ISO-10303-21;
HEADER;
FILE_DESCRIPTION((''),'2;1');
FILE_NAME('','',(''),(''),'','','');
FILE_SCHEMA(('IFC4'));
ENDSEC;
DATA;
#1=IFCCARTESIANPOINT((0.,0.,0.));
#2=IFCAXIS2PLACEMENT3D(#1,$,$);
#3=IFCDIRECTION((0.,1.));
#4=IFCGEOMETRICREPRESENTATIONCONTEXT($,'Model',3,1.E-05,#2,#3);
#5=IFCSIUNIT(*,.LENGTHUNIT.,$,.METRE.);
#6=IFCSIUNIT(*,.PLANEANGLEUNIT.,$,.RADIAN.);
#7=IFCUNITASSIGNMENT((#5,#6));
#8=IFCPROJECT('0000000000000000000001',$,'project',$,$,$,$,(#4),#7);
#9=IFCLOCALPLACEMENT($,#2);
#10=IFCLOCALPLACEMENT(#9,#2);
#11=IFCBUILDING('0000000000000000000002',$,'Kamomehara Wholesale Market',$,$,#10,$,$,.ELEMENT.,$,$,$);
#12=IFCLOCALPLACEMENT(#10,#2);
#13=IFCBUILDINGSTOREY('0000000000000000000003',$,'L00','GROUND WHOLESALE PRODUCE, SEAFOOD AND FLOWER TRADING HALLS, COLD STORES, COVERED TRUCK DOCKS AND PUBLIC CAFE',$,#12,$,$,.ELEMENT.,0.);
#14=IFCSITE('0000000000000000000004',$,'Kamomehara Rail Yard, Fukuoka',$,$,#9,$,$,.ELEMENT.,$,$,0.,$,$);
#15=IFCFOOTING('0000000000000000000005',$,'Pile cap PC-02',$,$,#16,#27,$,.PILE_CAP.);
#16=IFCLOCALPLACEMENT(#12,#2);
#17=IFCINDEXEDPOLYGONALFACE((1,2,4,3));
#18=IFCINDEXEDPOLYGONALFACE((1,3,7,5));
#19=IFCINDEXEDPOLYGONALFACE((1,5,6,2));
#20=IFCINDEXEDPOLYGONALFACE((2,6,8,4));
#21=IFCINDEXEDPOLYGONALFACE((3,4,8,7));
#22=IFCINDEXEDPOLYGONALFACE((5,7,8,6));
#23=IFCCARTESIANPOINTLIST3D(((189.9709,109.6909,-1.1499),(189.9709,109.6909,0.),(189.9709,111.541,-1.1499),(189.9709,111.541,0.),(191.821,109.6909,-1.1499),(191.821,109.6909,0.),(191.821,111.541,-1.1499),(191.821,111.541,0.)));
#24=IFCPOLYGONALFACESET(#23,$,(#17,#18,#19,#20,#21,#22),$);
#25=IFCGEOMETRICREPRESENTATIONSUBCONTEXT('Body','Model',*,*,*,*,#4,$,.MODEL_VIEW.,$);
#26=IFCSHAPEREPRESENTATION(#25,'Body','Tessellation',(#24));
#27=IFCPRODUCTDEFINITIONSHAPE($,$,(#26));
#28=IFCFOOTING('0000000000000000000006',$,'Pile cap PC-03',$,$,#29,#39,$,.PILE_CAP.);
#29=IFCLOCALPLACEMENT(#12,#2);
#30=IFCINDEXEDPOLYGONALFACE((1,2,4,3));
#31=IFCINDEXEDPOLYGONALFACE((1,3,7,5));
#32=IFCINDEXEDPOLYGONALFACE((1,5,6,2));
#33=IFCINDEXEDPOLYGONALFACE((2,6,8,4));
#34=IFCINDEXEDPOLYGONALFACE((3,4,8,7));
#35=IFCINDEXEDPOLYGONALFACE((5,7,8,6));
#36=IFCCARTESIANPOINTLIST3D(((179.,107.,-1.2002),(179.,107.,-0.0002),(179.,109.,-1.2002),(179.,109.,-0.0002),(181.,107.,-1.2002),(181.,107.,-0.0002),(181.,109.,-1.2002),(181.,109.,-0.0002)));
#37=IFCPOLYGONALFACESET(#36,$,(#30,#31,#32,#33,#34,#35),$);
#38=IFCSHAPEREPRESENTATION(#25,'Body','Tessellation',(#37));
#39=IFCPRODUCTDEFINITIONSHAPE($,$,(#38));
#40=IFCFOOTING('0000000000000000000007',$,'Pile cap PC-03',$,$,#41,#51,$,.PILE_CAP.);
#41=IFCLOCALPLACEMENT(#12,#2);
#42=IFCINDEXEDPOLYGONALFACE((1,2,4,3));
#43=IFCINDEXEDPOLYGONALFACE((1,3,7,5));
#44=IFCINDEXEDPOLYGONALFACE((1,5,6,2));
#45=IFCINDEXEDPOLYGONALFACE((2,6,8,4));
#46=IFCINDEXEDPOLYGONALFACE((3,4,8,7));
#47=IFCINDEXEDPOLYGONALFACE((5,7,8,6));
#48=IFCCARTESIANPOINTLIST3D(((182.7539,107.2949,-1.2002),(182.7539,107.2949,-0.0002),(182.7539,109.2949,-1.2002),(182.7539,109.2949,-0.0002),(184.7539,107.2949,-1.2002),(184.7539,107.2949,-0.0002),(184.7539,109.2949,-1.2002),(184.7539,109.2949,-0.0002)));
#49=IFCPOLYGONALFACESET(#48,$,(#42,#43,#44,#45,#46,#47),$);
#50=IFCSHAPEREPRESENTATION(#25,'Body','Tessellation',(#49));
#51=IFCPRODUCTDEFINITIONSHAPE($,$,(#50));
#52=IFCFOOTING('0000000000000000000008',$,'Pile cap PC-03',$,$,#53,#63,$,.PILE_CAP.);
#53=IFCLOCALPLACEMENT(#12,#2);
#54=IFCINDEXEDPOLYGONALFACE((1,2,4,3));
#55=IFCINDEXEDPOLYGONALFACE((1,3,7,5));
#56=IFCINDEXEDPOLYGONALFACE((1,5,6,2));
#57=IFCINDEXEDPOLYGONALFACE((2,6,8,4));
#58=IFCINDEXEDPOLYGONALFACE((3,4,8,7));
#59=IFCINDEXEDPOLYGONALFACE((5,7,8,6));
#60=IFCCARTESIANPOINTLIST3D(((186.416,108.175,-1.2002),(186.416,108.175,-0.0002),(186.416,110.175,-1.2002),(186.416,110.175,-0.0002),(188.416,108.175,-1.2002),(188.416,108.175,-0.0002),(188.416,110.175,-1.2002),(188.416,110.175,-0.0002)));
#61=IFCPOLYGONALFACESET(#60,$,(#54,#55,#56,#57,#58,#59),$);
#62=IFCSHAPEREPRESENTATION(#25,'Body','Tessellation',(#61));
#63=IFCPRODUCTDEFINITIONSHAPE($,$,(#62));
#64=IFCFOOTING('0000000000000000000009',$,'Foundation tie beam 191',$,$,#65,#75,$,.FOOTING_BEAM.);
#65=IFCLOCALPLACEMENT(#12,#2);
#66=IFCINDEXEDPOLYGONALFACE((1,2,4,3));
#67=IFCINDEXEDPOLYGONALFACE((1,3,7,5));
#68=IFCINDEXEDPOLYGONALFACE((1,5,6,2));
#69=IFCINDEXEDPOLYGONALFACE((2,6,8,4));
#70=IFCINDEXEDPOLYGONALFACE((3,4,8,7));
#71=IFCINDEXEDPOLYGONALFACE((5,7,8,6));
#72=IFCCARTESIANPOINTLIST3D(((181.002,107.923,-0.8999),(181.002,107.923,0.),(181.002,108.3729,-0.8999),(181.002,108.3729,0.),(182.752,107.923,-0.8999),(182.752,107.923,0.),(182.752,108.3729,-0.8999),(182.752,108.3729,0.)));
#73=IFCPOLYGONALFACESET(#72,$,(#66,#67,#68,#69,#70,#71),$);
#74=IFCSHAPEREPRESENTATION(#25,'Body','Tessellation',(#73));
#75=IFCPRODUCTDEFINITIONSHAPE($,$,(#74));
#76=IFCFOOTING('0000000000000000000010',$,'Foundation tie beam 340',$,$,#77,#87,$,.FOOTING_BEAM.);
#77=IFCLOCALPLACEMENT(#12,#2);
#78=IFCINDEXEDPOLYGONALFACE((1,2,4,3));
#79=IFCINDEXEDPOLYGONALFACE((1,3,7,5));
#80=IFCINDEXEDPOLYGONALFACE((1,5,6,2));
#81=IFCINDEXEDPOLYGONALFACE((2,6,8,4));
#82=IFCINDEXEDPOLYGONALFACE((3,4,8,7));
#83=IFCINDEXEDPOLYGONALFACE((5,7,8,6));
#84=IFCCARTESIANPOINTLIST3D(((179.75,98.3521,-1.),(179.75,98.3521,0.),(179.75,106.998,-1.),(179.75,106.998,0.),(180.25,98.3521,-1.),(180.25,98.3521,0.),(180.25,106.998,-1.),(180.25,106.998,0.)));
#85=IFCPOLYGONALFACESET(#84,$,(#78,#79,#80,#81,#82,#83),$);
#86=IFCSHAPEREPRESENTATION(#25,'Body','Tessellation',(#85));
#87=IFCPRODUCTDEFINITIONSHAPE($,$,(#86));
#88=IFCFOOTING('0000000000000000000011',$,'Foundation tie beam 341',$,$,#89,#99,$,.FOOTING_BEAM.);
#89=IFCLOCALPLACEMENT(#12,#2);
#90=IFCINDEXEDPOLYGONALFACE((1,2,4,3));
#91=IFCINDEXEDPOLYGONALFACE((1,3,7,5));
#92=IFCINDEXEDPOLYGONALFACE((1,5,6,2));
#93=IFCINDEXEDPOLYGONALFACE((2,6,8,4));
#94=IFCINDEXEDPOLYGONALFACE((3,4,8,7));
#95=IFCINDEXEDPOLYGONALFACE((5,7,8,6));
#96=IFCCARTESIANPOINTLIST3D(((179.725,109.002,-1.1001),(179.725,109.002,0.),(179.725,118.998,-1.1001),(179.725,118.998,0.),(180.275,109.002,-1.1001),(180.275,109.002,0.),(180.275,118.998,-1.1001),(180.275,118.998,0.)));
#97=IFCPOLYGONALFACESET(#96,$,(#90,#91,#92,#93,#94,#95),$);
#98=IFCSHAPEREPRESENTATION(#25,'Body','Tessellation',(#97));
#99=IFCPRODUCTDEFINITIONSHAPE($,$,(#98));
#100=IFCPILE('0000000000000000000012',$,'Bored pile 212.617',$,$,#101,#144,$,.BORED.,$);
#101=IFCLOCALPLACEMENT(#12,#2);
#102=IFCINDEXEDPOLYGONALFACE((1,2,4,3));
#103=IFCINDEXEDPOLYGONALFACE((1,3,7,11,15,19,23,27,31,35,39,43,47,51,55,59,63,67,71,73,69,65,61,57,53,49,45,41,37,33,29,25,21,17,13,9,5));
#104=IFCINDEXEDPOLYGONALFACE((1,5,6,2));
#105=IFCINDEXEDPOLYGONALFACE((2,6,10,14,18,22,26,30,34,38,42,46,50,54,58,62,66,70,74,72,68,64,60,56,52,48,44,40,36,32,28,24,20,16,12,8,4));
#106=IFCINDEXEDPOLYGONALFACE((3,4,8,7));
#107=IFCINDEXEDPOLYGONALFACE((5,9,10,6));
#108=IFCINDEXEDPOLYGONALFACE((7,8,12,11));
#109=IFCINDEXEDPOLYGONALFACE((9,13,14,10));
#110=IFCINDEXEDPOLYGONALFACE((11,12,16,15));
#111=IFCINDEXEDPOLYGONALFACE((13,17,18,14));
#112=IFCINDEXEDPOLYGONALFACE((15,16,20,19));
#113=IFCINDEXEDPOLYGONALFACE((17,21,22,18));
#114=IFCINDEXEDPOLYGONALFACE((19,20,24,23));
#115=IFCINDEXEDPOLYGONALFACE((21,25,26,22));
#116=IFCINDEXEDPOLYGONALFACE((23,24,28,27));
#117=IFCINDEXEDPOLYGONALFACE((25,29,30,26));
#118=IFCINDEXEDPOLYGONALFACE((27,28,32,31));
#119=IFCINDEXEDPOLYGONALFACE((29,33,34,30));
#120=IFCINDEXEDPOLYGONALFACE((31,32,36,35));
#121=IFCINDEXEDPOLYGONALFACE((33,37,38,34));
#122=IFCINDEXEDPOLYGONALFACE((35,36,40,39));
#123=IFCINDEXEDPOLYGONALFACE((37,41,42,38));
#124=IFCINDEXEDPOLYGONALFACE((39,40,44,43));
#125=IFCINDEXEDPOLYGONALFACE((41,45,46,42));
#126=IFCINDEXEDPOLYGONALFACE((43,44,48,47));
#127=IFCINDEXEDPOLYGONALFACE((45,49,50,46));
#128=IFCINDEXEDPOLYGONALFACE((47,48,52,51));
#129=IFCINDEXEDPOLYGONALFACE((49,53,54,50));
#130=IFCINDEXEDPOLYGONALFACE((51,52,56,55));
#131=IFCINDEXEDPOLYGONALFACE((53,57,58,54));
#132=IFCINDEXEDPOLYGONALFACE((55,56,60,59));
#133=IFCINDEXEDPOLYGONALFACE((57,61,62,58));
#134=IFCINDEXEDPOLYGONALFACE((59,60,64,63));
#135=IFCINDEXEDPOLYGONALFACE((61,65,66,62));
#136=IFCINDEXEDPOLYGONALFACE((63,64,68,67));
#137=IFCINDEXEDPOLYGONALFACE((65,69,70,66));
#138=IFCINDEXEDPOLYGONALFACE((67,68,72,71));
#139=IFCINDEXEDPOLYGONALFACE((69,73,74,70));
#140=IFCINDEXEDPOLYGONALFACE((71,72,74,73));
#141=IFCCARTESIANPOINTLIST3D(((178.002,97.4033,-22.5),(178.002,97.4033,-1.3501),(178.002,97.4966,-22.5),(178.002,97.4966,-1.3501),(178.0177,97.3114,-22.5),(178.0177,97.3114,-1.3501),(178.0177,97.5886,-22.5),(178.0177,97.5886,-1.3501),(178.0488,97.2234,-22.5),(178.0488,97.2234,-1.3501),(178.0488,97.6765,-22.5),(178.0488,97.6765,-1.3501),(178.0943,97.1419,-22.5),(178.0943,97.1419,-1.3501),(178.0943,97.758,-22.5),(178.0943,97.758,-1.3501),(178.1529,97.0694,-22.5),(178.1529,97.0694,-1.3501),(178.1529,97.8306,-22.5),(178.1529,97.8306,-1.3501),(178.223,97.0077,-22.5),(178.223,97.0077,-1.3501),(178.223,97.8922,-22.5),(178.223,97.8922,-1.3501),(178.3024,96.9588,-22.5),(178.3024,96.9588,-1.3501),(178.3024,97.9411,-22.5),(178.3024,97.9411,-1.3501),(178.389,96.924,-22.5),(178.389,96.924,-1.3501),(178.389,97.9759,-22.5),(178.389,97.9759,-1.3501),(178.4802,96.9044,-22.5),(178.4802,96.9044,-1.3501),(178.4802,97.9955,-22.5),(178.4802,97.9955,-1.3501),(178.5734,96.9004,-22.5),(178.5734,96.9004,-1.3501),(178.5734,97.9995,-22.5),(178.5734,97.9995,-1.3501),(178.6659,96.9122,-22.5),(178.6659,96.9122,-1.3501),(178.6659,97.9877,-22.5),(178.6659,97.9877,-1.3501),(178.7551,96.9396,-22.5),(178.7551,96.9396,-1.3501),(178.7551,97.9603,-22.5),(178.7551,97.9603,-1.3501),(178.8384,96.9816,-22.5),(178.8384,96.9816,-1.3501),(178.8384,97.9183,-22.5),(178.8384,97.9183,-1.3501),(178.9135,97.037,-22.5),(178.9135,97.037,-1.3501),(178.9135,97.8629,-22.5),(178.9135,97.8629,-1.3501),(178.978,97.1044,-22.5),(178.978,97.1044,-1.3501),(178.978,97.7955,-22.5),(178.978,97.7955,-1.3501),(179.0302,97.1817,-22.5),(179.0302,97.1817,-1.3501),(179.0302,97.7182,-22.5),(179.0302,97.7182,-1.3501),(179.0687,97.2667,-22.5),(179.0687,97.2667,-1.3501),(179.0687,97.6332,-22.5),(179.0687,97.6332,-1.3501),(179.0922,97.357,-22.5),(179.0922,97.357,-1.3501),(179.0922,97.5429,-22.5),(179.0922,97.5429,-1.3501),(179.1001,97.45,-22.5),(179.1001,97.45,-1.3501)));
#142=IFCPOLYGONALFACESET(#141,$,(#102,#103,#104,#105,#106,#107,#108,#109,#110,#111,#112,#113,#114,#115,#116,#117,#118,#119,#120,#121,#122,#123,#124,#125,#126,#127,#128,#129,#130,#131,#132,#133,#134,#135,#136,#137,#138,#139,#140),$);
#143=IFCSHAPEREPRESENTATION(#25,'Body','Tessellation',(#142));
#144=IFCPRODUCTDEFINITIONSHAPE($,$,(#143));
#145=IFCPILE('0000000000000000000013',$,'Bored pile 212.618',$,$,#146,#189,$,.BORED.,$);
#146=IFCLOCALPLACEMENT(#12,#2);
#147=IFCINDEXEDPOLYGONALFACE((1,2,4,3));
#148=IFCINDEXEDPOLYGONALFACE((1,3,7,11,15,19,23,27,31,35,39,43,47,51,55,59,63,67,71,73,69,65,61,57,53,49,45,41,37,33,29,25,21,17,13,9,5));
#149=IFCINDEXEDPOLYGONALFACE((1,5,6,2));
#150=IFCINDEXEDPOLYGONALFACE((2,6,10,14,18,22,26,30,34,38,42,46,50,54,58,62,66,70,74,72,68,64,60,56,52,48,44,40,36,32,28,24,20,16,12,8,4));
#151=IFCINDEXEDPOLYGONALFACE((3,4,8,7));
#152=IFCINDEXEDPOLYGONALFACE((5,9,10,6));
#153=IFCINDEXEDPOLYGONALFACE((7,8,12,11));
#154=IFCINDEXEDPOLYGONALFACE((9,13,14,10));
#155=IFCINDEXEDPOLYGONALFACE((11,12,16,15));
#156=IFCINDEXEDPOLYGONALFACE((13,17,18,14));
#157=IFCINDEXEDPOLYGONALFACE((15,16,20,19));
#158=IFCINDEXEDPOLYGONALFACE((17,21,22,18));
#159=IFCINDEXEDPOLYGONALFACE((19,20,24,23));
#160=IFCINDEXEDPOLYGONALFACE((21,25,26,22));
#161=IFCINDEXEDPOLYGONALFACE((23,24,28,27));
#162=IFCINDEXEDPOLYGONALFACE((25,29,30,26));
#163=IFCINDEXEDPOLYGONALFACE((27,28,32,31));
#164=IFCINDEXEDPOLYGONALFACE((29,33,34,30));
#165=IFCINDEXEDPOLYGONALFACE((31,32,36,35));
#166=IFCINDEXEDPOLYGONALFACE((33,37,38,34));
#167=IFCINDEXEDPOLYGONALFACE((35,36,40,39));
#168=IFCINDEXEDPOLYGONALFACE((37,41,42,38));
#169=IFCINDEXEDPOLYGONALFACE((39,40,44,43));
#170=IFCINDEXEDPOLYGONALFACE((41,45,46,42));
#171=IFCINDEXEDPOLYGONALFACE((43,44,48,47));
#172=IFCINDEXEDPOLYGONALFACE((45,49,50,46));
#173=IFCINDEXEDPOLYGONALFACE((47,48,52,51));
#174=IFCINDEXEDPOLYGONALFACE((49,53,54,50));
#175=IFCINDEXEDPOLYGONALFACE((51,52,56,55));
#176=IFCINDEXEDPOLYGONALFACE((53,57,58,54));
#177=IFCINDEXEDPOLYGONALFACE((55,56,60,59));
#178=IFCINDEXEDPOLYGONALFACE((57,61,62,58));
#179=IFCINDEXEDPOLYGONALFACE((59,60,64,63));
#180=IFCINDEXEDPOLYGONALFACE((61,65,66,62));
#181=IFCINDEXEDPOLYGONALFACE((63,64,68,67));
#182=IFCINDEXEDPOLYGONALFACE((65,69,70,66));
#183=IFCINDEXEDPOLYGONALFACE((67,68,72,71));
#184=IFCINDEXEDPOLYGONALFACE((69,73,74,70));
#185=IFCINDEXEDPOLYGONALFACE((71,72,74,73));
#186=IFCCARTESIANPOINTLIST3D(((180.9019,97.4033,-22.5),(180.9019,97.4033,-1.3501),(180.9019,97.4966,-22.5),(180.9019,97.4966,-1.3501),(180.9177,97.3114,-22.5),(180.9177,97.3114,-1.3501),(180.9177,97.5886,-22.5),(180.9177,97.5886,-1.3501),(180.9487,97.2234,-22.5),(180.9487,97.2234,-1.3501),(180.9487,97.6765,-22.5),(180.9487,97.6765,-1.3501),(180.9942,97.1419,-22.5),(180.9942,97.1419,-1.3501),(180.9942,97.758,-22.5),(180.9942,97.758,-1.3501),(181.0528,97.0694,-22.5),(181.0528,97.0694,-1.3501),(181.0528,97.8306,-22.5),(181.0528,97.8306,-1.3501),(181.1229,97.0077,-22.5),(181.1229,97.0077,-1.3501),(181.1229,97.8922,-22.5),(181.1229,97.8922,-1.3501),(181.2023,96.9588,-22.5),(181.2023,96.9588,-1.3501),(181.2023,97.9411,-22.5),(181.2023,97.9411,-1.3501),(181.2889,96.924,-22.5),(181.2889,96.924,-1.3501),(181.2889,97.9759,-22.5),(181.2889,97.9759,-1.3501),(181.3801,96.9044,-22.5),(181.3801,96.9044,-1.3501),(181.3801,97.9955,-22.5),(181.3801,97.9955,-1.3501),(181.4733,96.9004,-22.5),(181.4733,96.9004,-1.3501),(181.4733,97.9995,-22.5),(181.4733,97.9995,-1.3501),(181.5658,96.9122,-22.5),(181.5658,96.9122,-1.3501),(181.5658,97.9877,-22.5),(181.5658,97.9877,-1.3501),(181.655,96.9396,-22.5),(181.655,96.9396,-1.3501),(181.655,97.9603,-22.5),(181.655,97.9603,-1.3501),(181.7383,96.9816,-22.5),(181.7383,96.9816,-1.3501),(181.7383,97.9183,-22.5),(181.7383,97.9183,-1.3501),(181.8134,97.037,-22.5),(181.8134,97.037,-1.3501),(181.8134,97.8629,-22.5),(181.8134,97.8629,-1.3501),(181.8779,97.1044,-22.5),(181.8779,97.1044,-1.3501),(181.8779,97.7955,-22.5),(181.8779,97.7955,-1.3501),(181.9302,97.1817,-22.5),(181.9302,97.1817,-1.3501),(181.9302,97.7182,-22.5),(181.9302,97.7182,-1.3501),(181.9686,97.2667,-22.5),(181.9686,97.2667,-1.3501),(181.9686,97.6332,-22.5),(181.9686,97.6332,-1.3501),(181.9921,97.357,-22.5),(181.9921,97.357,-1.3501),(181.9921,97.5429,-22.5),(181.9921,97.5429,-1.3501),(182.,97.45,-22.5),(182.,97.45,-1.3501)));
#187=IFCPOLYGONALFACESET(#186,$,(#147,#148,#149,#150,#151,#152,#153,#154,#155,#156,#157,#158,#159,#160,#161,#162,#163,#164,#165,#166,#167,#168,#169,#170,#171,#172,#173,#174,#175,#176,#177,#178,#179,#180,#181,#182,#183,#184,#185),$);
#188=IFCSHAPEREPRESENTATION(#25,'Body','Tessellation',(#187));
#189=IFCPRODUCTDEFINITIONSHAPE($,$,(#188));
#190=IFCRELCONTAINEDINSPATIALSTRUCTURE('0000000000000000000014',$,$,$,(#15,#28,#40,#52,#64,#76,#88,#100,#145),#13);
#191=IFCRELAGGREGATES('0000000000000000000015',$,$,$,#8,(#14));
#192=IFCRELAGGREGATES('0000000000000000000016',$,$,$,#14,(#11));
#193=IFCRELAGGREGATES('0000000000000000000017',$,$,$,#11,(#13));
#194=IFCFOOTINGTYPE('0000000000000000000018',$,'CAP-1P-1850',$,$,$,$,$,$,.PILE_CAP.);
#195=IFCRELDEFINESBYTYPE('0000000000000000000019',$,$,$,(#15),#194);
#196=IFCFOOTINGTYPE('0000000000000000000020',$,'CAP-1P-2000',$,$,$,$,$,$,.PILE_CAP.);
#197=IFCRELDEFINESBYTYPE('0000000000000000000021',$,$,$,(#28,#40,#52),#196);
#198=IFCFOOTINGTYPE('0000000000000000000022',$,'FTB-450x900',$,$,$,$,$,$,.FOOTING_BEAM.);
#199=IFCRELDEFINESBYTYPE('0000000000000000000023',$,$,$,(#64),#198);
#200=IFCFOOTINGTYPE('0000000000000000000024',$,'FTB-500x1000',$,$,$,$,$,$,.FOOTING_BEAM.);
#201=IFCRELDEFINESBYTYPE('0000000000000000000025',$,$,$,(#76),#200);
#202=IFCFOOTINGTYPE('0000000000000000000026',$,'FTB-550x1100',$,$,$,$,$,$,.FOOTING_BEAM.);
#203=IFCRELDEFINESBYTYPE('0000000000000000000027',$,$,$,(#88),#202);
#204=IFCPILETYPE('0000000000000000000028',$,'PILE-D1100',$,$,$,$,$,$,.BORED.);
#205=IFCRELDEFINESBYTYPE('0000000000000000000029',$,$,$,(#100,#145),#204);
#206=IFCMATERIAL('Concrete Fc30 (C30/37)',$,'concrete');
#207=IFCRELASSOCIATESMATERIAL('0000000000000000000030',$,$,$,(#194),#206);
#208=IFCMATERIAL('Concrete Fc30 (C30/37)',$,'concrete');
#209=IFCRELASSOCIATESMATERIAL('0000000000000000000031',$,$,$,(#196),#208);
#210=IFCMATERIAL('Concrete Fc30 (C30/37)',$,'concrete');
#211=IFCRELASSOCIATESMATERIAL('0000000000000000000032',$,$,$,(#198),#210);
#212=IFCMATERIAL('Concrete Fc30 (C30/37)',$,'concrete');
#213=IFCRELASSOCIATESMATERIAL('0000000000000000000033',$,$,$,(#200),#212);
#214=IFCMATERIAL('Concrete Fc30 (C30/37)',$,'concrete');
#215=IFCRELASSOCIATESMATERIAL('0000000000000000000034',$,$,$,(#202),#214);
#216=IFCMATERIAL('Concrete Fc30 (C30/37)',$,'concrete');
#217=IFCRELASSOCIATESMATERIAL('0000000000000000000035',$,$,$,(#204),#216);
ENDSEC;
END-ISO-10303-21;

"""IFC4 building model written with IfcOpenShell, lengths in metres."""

from ifc_helpers import new_model, si_unit, direction, frame, origin, origin_2d, place, context, subcontext, project, spatial, rectangle, circle, extrude, material, material_profile, profile_set, type_object, element, save


model = new_model("IFC4")

# Units and contexts
model_context = context("Model", 3, precision=1e-05, world=origin(), true_north=direction((0.0, 1.0)))
body_context = subcontext(model_context, "Body", "Model", "MODEL_VIEW")
ifc_project = project(units=[si_unit("LENGTHUNIT", "METRE"), si_unit("PLANEANGLEUNIT", "RADIAN")], contexts=[model_context])

# Site, building, storey
site_placement = place(None, origin())
site = spatial("IfcSite", under=ifc_project, at=site_placement, Name="Kamomehara Rail Yard, Fukuoka", CompositionType="ELEMENT", RefElevation=0.0)
building_placement = place(site_placement, origin())
building = spatial("IfcBuilding", under=site, at=building_placement, Name="Kamomehara Wholesale Market", CompositionType="ELEMENT")
storey_placement = place(building_placement, origin())
storey = spatial("IfcBuildingStorey", under=building, at=storey_placement, Name="L00", Description="GROUND WHOLESALE PRODUCE, SEAFOOD AND FLOWER TRADING HALLS, COLD STORES, COVERED TRUCK DOCKS AND PUBLIC CAFE", CompositionType="ELEMENT", Elevation=0.0)

# Footings
ifc_material_1 = material(Name="Concrete Fc30 (C30/37)", Category="concrete")
footing_type_1 = type_object("IfcFootingType", Name="CAP-1P-1850", PredefinedType="PILE_CAP", material=ifc_material_1)
footing_1_placement = place(storey_placement, frame((190.896, 110.616, -1.1499), z_axis=(0.0, 0.0, 1.0), x_axis=(1.0, 0.0, 0.0)))
element("IfcFooting", 1, at=footing_1_placement, inside=storey, type_object=footing_type_1, Name="Pile cap PC-02", PredefinedType="PILE_CAP", context=body_context, shape_type="SweptSolid", body=[
    extrude(rectangle(XDim=1.8501, YDim=1.8501, at=origin_2d()), origin(), (0.0, 0.0, 1.0), 1.1499),
])
ifc_material_2 = material(Name="Concrete Fc30 (C30/37)", Category="concrete")
footing_type_2 = type_object("IfcFootingType", Name="CAP-1P-2000", PredefinedType="PILE_CAP", material=ifc_material_2)
for number, where, z_axis, x_axis, name in (
    (2, (180.0, 108.0, -1.2002), (0.0, 0.0, 1.0), (1.0, 0.0, 0.0), "Pile cap PC-03"),
    (3, (183.7539, 108.2949, -1.2002), (0.0, 0.0, 1.0), (1.0, 0.0, 0.0), "Pile cap PC-03"),
    (4, (187.416, 109.175, -1.2002), (0.0, 0.0, 1.0), (1.0, 0.0, 0.0), "Pile cap PC-03"),
):
    element("IfcFooting", number, at=place(storey_placement, frame(where, z_axis=z_axis, x_axis=x_axis)), inside=storey, type_object=footing_type_2, Name=name, PredefinedType="PILE_CAP", context=body_context, shape_type="SweptSolid", body=[
        extrude(rectangle(XDim=2.0, YDim=2.0, at=origin_2d()), origin(), (0.0, 0.0, 1.0), 1.2),
    ])
ifc_material_3 = material(Name="Concrete Fc30 (C30/37)", Category="concrete")
ifc_material_profile_1 = material_profile(ifc_material_3, rectangle(XDim=0.45, YDim=0.8999, at=origin_2d()), Name="RC-FTB-450x900")
ifc_profile_set_1 = profile_set([ifc_material_profile_1], Name="Concrete Fc30 (C30/37)")
footing_type_3 = type_object("IfcFootingType", Name="FTB-450x900", PredefinedType="FOOTING_BEAM", material=ifc_profile_set_1)
footing_2_placement = place(storey_placement, frame((181.002, 108.1479, -0.45), z_axis=(1.0, 0.0, 0.0), x_axis=(0.0, 1.0, 0.0)))
element("IfcFooting", 5, at=footing_2_placement, inside=storey, type_object=footing_type_3, Name="Foundation tie beam 191", PredefinedType="FOOTING_BEAM", context=body_context, shape_type="SweptSolid", body=[
    extrude(rectangle(XDim=0.45, YDim=0.8999, at=origin_2d()), origin(), (0.0, 0.0, 1.0), 1.75),
])
ifc_material_4 = material(Name="Concrete Fc30 (C30/37)", Category="concrete")
ifc_material_profile_2 = material_profile(ifc_material_4, rectangle(XDim=0.5, YDim=1.0, at=origin_2d()), Name="RC-FTB-500x1000")
ifc_profile_set_2 = profile_set([ifc_material_profile_2], Name="Concrete Fc30 (C30/37)")
footing_type_4 = type_object("IfcFootingType", Name="FTB-500x1000", PredefinedType="FOOTING_BEAM", material=ifc_profile_set_2)
footing_3_placement = place(storey_placement, frame((180.0, 98.3521, -0.5), z_axis=(0.0, 1.0, 0.0), x_axis=(-1.0, 0.0, 0.0)))
element("IfcFooting", 6, at=footing_3_placement, inside=storey, type_object=footing_type_4, Name="Foundation tie beam 340", PredefinedType="FOOTING_BEAM", context=body_context, shape_type="SweptSolid", body=[
    extrude(rectangle(XDim=0.5, YDim=1.0, at=origin_2d()), origin(), (0.0, 0.0, 1.0), 8.646),
])
ifc_material_5 = material(Name="Concrete Fc30 (C30/37)", Category="concrete")
ifc_material_profile_3 = material_profile(ifc_material_5, rectangle(XDim=0.55, YDim=1.1001, at=origin_2d()), Name="RC-FTB-550x1100")
ifc_profile_set_3 = profile_set([ifc_material_profile_3], Name="Concrete Fc30 (C30/37)")
footing_type_5 = type_object("IfcFootingType", Name="FTB-550x1100", PredefinedType="FOOTING_BEAM", material=ifc_profile_set_3)
footing_4_placement = place(storey_placement, frame((180.0, 109.002, -0.55), z_axis=(0.0, 1.0, 0.0), x_axis=(-1.0, 0.0, 0.0)))
element("IfcFooting", 7, at=footing_4_placement, inside=storey, type_object=footing_type_5, Name="Foundation tie beam 341", PredefinedType="FOOTING_BEAM", context=body_context, shape_type="SweptSolid", body=[
    extrude(rectangle(XDim=0.55, YDim=1.1001, at=origin_2d()), origin(), (0.0, 0.0, 1.0), 9.9961),
])

# Piles
ifc_material_6 = material(Name="Concrete Fc30 (C30/37)", Category="concrete")
ifc_material_profile_4 = material_profile(ifc_material_6, circle(Radius=0.55, at=origin_2d()), Name="RC-PILE-D1100")
ifc_profile_set_4 = profile_set([ifc_material_profile_4], Name="Concrete Fc30 (C30/37)")
pile_type_1 = type_object("IfcPileType", Name="PILE-D1100", PredefinedType="BORED", material=ifc_profile_set_4)
for number, where, z_axis, x_axis, name in (
    (8, (178.55, 97.45, -1.3501), (0.0, 0.0, -1.0), (1.0, 0.0, 0.0), "Bored pile 212.617"),
    (9, (181.45, 97.45, -1.3501), (0.0, 0.0, -1.0), (1.0, 0.0, 0.0), "Bored pile 212.618"),
):
    element("IfcPile", number, at=place(storey_placement, frame(where, z_axis=z_axis, x_axis=x_axis)), inside=storey, type_object=pile_type_1, Name=name, PredefinedType="BORED", context=body_context, shape_type="SweptSolid", body=[
        extrude(circle(Radius=0.55, at=origin_2d()), origin(), (0.0, 0.0, 1.0), 21.1499),
    ])

save(model, "model.ifc")
